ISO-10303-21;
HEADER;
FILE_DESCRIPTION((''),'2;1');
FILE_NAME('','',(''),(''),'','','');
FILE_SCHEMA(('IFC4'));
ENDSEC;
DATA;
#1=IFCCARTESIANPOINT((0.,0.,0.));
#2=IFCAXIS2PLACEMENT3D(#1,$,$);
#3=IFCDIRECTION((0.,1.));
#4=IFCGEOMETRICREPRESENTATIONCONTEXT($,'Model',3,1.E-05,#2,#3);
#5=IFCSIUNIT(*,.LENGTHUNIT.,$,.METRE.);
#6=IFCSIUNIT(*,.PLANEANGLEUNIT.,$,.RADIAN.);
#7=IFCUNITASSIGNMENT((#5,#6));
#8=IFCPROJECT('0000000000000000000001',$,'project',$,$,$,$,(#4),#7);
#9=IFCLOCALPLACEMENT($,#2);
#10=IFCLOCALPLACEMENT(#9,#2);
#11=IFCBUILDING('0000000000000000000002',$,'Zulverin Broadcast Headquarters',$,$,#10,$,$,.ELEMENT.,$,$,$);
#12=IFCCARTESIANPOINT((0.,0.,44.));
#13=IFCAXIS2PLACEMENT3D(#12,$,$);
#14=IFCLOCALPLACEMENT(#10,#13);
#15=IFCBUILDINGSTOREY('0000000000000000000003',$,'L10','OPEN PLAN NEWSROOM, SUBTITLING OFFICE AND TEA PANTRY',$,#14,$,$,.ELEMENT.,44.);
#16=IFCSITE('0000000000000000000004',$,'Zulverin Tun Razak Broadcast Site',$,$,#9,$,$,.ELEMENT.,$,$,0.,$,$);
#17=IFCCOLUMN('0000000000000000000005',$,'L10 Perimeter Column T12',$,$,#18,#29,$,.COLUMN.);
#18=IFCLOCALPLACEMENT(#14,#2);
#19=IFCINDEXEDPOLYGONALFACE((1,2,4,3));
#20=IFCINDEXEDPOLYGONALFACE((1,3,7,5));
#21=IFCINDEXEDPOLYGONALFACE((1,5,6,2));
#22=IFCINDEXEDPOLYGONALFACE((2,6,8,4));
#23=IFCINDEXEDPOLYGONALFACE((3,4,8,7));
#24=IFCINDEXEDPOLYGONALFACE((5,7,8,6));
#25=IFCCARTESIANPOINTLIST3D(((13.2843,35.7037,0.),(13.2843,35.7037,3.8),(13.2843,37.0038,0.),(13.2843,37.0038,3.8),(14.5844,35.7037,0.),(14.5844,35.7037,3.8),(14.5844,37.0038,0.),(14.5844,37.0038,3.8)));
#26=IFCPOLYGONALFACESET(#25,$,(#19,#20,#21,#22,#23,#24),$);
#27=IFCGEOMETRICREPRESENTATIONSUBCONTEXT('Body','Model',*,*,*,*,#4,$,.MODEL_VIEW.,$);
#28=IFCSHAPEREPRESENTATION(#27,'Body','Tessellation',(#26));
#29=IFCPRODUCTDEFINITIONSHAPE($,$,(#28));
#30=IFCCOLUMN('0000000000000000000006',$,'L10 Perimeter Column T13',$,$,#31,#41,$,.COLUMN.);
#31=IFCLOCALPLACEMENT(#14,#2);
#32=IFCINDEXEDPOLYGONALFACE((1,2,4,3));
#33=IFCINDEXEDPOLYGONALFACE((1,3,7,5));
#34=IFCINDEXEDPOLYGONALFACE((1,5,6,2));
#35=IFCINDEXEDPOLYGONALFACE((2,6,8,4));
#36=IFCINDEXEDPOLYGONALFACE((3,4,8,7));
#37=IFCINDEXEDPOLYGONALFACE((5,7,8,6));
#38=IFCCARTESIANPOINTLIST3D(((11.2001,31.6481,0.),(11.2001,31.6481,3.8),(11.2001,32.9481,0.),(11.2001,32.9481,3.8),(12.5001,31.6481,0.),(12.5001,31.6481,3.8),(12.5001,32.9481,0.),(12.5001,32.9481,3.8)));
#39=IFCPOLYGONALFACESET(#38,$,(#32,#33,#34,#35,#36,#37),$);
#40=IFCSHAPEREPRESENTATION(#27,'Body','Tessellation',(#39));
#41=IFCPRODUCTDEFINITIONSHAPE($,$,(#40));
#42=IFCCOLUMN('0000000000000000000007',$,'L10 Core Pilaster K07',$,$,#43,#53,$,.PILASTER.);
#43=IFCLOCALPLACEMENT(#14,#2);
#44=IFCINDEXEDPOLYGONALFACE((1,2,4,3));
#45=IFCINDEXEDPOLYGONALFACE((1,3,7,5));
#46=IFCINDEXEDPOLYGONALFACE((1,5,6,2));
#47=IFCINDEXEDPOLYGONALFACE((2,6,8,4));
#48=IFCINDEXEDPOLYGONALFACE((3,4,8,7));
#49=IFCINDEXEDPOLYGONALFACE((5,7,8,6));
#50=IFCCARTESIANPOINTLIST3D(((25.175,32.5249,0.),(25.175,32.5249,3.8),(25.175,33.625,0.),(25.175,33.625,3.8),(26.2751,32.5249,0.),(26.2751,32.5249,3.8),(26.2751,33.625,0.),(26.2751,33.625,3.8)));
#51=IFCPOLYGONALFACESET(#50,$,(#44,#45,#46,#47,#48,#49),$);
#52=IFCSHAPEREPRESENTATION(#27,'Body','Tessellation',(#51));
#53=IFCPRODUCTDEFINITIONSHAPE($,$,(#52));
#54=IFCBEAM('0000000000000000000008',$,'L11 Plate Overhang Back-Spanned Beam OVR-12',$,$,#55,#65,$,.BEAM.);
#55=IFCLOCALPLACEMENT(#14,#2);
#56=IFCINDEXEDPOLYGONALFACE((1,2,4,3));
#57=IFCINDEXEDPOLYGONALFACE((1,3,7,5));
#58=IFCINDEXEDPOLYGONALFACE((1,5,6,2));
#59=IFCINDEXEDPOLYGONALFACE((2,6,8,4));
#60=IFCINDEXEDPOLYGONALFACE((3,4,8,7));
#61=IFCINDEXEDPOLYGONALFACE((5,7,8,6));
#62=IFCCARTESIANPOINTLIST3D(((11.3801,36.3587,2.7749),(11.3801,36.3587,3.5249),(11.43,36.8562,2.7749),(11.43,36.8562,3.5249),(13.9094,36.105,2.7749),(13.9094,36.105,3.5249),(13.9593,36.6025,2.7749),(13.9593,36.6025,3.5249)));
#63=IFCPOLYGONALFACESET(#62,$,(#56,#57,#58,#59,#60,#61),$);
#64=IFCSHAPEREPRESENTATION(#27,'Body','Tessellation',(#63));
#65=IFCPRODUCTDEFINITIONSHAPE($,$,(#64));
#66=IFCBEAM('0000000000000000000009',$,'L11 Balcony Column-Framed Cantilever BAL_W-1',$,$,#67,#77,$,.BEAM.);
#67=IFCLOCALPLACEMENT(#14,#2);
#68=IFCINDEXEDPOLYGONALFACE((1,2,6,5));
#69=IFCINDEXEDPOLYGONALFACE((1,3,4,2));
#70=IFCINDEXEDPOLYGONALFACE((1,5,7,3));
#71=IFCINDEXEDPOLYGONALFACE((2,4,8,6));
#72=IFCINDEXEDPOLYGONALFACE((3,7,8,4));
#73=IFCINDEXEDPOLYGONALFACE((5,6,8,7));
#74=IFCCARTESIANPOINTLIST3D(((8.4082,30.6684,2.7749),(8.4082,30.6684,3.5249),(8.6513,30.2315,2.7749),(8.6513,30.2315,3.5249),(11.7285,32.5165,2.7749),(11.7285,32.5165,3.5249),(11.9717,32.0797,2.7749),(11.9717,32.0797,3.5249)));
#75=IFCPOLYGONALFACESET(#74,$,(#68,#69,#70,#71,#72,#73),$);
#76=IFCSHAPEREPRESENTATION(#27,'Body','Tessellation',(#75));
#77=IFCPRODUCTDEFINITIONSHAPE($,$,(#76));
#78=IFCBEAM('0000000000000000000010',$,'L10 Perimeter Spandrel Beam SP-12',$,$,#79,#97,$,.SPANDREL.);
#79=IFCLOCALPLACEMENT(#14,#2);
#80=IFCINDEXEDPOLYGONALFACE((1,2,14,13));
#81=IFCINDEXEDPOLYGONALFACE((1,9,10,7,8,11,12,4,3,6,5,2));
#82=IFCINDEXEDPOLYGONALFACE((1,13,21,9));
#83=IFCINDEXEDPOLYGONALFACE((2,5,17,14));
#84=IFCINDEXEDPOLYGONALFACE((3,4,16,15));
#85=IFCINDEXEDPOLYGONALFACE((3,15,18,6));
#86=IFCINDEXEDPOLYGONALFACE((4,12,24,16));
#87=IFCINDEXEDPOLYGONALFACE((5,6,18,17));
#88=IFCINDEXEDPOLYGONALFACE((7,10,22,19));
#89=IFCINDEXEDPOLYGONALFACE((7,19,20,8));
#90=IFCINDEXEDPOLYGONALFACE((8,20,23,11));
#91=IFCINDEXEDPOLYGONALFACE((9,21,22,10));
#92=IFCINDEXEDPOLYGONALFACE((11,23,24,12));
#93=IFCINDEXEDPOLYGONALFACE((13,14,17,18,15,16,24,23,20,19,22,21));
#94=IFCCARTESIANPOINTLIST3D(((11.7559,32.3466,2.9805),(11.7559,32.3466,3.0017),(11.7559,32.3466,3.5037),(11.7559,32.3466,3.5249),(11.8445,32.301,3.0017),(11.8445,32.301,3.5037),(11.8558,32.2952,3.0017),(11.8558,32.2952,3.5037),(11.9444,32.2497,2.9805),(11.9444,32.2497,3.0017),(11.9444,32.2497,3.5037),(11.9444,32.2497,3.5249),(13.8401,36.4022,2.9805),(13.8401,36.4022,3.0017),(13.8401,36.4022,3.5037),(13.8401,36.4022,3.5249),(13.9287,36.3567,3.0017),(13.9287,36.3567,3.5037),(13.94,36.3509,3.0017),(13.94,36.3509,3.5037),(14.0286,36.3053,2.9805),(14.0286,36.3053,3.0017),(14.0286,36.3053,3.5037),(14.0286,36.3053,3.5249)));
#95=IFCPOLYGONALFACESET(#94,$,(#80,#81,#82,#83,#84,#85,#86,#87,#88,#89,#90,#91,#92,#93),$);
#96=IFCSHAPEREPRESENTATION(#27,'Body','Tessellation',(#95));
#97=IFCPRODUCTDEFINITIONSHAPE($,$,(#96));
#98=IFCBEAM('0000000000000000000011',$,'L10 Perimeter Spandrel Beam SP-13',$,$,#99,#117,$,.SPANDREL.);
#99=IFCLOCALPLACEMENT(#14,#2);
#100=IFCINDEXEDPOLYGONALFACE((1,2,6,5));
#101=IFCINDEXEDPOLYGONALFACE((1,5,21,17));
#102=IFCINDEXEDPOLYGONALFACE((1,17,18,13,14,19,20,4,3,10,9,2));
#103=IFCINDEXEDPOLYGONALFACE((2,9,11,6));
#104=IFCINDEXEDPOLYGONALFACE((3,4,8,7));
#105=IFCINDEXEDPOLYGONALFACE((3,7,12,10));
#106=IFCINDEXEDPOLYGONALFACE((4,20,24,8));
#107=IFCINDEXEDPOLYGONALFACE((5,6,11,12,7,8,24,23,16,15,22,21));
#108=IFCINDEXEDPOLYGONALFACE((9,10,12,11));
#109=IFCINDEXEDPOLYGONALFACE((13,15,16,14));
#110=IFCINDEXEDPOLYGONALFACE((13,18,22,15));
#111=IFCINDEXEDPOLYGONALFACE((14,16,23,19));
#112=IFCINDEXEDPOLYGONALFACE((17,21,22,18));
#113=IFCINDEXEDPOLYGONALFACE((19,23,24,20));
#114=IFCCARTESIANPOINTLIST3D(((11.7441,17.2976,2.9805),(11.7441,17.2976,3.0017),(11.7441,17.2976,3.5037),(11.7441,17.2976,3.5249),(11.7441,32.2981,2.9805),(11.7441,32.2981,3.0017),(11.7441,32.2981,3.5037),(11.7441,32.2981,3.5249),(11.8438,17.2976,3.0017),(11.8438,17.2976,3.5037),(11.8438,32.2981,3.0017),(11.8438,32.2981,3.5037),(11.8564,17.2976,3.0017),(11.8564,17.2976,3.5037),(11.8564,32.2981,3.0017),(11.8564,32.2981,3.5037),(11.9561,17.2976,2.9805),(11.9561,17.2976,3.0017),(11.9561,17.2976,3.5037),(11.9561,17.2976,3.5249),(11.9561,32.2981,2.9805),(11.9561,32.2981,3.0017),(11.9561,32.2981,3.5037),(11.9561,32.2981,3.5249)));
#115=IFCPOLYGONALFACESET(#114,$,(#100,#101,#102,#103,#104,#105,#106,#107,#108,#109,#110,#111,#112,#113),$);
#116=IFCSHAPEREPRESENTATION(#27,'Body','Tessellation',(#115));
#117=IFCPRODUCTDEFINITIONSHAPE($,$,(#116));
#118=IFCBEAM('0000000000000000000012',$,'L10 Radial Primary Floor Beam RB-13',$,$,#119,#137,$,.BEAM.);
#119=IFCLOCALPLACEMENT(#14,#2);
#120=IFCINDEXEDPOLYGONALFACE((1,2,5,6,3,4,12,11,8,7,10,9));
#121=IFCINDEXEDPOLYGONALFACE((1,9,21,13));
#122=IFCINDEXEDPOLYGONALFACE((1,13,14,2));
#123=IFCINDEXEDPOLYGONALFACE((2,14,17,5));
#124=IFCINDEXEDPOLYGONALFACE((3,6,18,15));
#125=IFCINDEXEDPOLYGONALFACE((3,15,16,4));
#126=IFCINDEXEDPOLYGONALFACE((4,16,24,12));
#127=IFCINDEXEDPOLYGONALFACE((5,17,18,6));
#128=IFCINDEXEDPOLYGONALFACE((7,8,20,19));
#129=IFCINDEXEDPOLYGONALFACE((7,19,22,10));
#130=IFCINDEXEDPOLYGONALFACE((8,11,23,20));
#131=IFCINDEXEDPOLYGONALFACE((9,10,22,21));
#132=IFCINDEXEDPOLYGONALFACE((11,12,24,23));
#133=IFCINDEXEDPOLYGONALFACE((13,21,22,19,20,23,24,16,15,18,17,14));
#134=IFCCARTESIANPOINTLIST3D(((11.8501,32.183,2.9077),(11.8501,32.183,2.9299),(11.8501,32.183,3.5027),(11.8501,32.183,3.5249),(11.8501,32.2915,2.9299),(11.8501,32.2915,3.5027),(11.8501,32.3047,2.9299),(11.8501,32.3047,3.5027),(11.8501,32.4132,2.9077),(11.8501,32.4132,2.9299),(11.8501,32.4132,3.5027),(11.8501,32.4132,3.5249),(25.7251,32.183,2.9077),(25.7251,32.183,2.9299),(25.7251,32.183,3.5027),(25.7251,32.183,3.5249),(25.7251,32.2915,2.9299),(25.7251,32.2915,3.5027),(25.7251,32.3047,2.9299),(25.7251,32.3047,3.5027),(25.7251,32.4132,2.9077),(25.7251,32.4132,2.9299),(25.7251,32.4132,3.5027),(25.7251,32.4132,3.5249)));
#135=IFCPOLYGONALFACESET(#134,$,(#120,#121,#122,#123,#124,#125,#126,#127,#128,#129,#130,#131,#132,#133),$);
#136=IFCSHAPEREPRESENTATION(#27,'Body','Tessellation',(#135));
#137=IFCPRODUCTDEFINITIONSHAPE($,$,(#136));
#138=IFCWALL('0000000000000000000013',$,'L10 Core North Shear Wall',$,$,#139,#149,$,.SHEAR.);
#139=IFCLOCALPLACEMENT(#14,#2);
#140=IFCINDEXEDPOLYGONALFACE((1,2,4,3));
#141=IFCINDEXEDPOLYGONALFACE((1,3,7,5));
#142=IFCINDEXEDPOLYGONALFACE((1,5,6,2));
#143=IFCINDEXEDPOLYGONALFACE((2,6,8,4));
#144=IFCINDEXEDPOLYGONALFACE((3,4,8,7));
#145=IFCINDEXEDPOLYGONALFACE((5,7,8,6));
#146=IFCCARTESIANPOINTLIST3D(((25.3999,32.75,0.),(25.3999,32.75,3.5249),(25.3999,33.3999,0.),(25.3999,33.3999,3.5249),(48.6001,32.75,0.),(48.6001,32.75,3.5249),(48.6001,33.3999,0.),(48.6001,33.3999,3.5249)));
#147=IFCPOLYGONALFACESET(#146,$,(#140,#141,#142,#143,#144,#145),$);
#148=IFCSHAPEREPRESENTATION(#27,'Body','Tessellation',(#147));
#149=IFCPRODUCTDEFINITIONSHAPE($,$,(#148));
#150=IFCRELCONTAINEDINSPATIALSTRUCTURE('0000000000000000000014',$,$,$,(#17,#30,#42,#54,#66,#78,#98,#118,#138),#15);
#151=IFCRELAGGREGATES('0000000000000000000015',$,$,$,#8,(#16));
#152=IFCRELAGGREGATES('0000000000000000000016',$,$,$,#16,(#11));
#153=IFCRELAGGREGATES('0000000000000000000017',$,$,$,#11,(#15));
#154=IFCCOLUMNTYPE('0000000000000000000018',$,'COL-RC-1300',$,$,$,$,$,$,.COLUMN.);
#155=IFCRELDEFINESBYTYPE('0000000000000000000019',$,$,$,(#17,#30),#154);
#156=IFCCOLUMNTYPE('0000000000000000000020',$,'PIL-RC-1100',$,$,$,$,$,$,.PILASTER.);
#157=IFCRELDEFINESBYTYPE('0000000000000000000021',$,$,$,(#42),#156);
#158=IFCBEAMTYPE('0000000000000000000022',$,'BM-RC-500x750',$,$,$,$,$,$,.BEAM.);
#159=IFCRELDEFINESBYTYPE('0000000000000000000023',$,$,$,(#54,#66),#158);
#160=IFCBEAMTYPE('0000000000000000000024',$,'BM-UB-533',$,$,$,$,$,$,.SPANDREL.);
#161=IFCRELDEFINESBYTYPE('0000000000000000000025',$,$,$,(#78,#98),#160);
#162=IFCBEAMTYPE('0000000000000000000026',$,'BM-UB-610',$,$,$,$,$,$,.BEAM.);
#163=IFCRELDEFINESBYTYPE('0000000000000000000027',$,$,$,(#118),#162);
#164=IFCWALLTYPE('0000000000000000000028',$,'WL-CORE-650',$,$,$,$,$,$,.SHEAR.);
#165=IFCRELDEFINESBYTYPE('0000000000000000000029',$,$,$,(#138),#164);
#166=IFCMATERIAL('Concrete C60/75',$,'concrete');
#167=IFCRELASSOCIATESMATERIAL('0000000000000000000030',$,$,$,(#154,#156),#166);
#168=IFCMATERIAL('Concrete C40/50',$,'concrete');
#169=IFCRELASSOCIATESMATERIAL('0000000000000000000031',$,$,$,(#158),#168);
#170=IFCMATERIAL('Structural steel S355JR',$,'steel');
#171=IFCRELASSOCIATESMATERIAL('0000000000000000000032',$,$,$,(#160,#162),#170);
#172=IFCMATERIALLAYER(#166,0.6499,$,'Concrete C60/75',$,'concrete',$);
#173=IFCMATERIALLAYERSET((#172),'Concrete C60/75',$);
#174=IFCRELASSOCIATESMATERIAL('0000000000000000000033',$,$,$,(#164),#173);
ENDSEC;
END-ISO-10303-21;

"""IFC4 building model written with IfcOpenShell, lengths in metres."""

from ifc_helpers import new_model, si_unit, direction, frame, frame_2d, origin, origin_2d, place, context, subcontext, project, spatial, rectangle, i_section, extrude, material, layer, layer_set, material_profile, profile_set, type_object, element, save


model = new_model("IFC4")

# Units and contexts
model_context = context("Model", 3, precision=1e-05, world=origin(), true_north=direction((0.0, 1.0)))
body_context = subcontext(model_context, "Body", "Model", "MODEL_VIEW")
ifc_project = project(units=[si_unit("LENGTHUNIT", "METRE"), si_unit("PLANEANGLEUNIT", "RADIAN")], contexts=[model_context])

# Site, building, storey
site_placement = place(None, origin())
site = spatial("IfcSite", under=ifc_project, at=site_placement, Name="Zulverin Tun Razak Broadcast Site", CompositionType="ELEMENT", RefElevation=0.0)
building_placement = place(site_placement, origin())
building = spatial("IfcBuilding", under=site, at=building_placement, Name="Zulverin Broadcast Headquarters", CompositionType="ELEMENT")
storey_placement = place(building_placement, frame((0.0, 0.0, 44.0)))
storey = spatial("IfcBuildingStorey", under=building, at=storey_placement, Name="L10", Description="OPEN PLAN NEWSROOM, SUBTITLING OFFICE AND TEA PANTRY", CompositionType="ELEMENT", Elevation=44.0)

# Columns
ifc_material_1 = material(Name="Concrete C60/75", Category="concrete")
ifc_material_profile_1 = material_profile(ifc_material_1, rectangle(XDim=1.3, YDim=1.3, at=origin_2d()), Name="Concrete C60/75", Category="concrete")
ifc_profile_set_1 = profile_set([ifc_material_profile_1], Name="Concrete C60/75")
column_type_1 = type_object("IfcColumnType", Name="COL-RC-1300", PredefinedType="COLUMN", material=ifc_profile_set_1)
for number, where, z_axis, x_axis, name in (
    (1, (13.9343, 36.3538, 0.0), (0.0, 0.0, 1.0), (1.0, 0.0, 0.0), "L10 Perimeter Column T12"),
    (2, (11.8501, 32.2981, 0.0), (0.0, 0.0, 1.0), (1.0, 0.0, 0.0), "L10 Perimeter Column T13"),
):
    element("IfcColumn", number, at=place(storey_placement, frame(where, z_axis=z_axis, x_axis=x_axis)), inside=storey, type_object=column_type_1, Name=name, PredefinedType="COLUMN", context=body_context, shape_type="SweptSolid", body=[
        extrude(rectangle(XDim=1.3, YDim=1.3, at=origin_2d()), origin(), (0.0, 0.0, 1.0), 3.8),
    ])
ifc_material_profile_2 = material_profile(ifc_material_1, rectangle(XDim=1.1001, YDim=1.1001, at=origin_2d()), Name="Concrete C60/75", Category="concrete")
ifc_profile_set_2 = profile_set([ifc_material_profile_2], Name="Concrete C60/75")
column_type_2 = type_object("IfcColumnType", Name="PIL-RC-1100", PredefinedType="PILASTER", material=ifc_profile_set_2)
column_placement = place(storey_placement, frame((25.7251, 33.075, 0.0), z_axis=(0.0, 0.0, 1.0), x_axis=(1.0, 0.0, 0.0)))
element("IfcColumn", 3, at=column_placement, inside=storey, type_object=column_type_2, Name="L10 Core Pilaster K07", PredefinedType="PILASTER", context=body_context, shape_type="SweptSolid", body=[
    extrude(rectangle(XDim=1.1001, YDim=1.1001, at=origin_2d()), origin(), (0.0, 0.0, 1.0), 3.8),
])

# Beams
ifc_material_2 = material(Name="Concrete C40/50", Category="concrete")
ifc_material_profile_3 = material_profile(ifc_material_2, rectangle(XDim=0.5, YDim=0.75, at=origin_2d()), Name="Concrete C40/50", Category="concrete")
ifc_profile_set_3 = profile_set([ifc_material_profile_3], Name="Concrete C40/50")
beam_type_1 = type_object("IfcBeamType", Name="BM-RC-500x750", PredefinedType="BEAM", material=ifc_profile_set_3)
beam_1_placement = place(storey_placement, frame((13.9343, 36.3538, 3.1499), z_axis=(-0.995009, 0.099789, 0.0), x_axis=(-0.099789, -0.995009, 0.0)))
element("IfcBeam", 4, at=beam_1_placement, inside=storey, type_object=beam_type_1, Name="L11 Plate Overhang Back-Spanned Beam OVR-12", PredefinedType="BEAM", context=body_context, shape_type="SweptSolid", body=[
    extrude(rectangle(XDim=0.5, YDim=0.75, at=origin_2d()), origin(), (0.0, 0.0, 1.0), 2.542),
])
beam_2_placement = place(storey_placement, frame((11.8501, 32.2981, 3.1499), z_axis=(-0.873763, -0.486352, 0.0), x_axis=(0.486352, -0.873763, 0.0)))
element("IfcBeam", 5, at=beam_2_placement, inside=storey, type_object=beam_type_1, Name="L11 Balcony Column-Framed Cantilever BAL_W-1", PredefinedType="BEAM", context=body_context, shape_type="SweptSolid", body=[
    extrude(rectangle(XDim=0.5, YDim=0.75, at=origin_2d()), origin(), (0.0, 0.0, 1.0), 3.8),
])
ifc_material_3 = material(Name="Structural steel S355JR", Category="steel")
ifc_material_profile_4 = material_profile(ifc_material_3, i_section(OverallWidth=0.2119, OverallDepth=0.5444, WebThickness=0.0127, FlangeThickness=0.0212, at=origin_2d()), Name="Structural steel S355JR", Category="steel")
ifc_profile_set_4 = profile_set([ifc_material_profile_4], Name="Structural steel S355JR")
beam_type_2 = type_object("IfcBeamType", Name="BM-UB-533", PredefinedType="SPANDREL", material=ifc_profile_set_4)
beam_3_placement = place(storey_placement, frame((13.9343, 36.3538, 3.2527), z_axis=(-0.457081, -0.889425, 0.0), x_axis=(0.889425, -0.457081, 0.0)))
element("IfcBeam", 6, at=beam_3_placement, inside=storey, type_object=beam_type_2, Name="L10 Perimeter Spandrel Beam SP-12", PredefinedType="SPANDREL", context=body_context, shape_type="SweptSolid", body=[
    extrude(i_section(OverallWidth=0.2119, OverallDepth=0.5444, WebThickness=0.0127, FlangeThickness=0.0212, at=origin_2d()), origin(), (0.0, 0.0, 1.0), 4.5598),
])
beam_4_placement = place(storey_placement, frame((11.8501, 32.2981, 3.2527), z_axis=(0.0, -1.0, 0.0), x_axis=(1.0, 0.0, 0.0)))
element("IfcBeam", 7, at=beam_4_placement, inside=storey, type_object=beam_type_2, Name="L10 Perimeter Spandrel Beam SP-13", PredefinedType="SPANDREL", context=body_context, shape_type="SweptSolid", body=[
    extrude(i_section(OverallWidth=0.2119, OverallDepth=0.5444, WebThickness=0.0127, FlangeThickness=0.0212, at=origin_2d()), origin(), (0.0, 0.0, 1.0), 15.0005),
])
ifc_material_profile_5 = material_profile(ifc_material_3, i_section(OverallWidth=0.2302, OverallDepth=0.6172, WebThickness=0.0132, FlangeThickness=0.0222, at=origin_2d()), Name="Structural steel S355JR", Category="steel")
ifc_profile_set_5 = profile_set([ifc_material_profile_5], Name="Structural steel S355JR")
beam_type_3 = type_object("IfcBeamType", Name="BM-UB-610", PredefinedType="BEAM", material=ifc_profile_set_5)
beam_5_placement = place(storey_placement, frame((25.7251, 32.2981, 3.2163), z_axis=(-1.0, 0.0, 0.0), x_axis=(0.0, -1.0, 0.0)))
element("IfcBeam", 8, at=beam_5_placement, inside=storey, type_object=beam_type_3, Name="L10 Radial Primary Floor Beam RB-13", PredefinedType="BEAM", context=body_context, shape_type="SweptSolid", body=[
    extrude(i_section(OverallWidth=0.2302, OverallDepth=0.6172, WebThickness=0.0132, FlangeThickness=0.0222, at=origin_2d()), origin(), (0.0, 0.0, 1.0), 13.875),
])

# Wall
ifc_layer_1 = layer(ifc_material_1, 0.6499, Name="Concrete C60/75", Category="concrete")
ifc_layer_set_1 = layer_set([ifc_layer_1], Name="Concrete C60/75")
wall_type_1 = type_object("IfcWallType", Name="WL-CORE-650", PredefinedType="SHEAR", material=ifc_layer_set_1)
wall_1_placement = place(storey_placement, frame((25.3999, 33.075, 0.0), z_axis=(0.0, 0.0, 1.0), x_axis=(1.0, 0.0, 0.0)))
element("IfcWall", 9, at=wall_1_placement, inside=storey, type_object=wall_type_1, Name="L10 Core North Shear Wall", PredefinedType="SHEAR", context=body_context, shape_type="SweptSolid", body=[
    extrude(rectangle(XDim=23.2002, YDim=0.6499, at=frame_2d((11.6001, 0.0))), origin(), (0.0, 0.0, 1.0), 3.5249),
])

save(model, "model.ifc")
